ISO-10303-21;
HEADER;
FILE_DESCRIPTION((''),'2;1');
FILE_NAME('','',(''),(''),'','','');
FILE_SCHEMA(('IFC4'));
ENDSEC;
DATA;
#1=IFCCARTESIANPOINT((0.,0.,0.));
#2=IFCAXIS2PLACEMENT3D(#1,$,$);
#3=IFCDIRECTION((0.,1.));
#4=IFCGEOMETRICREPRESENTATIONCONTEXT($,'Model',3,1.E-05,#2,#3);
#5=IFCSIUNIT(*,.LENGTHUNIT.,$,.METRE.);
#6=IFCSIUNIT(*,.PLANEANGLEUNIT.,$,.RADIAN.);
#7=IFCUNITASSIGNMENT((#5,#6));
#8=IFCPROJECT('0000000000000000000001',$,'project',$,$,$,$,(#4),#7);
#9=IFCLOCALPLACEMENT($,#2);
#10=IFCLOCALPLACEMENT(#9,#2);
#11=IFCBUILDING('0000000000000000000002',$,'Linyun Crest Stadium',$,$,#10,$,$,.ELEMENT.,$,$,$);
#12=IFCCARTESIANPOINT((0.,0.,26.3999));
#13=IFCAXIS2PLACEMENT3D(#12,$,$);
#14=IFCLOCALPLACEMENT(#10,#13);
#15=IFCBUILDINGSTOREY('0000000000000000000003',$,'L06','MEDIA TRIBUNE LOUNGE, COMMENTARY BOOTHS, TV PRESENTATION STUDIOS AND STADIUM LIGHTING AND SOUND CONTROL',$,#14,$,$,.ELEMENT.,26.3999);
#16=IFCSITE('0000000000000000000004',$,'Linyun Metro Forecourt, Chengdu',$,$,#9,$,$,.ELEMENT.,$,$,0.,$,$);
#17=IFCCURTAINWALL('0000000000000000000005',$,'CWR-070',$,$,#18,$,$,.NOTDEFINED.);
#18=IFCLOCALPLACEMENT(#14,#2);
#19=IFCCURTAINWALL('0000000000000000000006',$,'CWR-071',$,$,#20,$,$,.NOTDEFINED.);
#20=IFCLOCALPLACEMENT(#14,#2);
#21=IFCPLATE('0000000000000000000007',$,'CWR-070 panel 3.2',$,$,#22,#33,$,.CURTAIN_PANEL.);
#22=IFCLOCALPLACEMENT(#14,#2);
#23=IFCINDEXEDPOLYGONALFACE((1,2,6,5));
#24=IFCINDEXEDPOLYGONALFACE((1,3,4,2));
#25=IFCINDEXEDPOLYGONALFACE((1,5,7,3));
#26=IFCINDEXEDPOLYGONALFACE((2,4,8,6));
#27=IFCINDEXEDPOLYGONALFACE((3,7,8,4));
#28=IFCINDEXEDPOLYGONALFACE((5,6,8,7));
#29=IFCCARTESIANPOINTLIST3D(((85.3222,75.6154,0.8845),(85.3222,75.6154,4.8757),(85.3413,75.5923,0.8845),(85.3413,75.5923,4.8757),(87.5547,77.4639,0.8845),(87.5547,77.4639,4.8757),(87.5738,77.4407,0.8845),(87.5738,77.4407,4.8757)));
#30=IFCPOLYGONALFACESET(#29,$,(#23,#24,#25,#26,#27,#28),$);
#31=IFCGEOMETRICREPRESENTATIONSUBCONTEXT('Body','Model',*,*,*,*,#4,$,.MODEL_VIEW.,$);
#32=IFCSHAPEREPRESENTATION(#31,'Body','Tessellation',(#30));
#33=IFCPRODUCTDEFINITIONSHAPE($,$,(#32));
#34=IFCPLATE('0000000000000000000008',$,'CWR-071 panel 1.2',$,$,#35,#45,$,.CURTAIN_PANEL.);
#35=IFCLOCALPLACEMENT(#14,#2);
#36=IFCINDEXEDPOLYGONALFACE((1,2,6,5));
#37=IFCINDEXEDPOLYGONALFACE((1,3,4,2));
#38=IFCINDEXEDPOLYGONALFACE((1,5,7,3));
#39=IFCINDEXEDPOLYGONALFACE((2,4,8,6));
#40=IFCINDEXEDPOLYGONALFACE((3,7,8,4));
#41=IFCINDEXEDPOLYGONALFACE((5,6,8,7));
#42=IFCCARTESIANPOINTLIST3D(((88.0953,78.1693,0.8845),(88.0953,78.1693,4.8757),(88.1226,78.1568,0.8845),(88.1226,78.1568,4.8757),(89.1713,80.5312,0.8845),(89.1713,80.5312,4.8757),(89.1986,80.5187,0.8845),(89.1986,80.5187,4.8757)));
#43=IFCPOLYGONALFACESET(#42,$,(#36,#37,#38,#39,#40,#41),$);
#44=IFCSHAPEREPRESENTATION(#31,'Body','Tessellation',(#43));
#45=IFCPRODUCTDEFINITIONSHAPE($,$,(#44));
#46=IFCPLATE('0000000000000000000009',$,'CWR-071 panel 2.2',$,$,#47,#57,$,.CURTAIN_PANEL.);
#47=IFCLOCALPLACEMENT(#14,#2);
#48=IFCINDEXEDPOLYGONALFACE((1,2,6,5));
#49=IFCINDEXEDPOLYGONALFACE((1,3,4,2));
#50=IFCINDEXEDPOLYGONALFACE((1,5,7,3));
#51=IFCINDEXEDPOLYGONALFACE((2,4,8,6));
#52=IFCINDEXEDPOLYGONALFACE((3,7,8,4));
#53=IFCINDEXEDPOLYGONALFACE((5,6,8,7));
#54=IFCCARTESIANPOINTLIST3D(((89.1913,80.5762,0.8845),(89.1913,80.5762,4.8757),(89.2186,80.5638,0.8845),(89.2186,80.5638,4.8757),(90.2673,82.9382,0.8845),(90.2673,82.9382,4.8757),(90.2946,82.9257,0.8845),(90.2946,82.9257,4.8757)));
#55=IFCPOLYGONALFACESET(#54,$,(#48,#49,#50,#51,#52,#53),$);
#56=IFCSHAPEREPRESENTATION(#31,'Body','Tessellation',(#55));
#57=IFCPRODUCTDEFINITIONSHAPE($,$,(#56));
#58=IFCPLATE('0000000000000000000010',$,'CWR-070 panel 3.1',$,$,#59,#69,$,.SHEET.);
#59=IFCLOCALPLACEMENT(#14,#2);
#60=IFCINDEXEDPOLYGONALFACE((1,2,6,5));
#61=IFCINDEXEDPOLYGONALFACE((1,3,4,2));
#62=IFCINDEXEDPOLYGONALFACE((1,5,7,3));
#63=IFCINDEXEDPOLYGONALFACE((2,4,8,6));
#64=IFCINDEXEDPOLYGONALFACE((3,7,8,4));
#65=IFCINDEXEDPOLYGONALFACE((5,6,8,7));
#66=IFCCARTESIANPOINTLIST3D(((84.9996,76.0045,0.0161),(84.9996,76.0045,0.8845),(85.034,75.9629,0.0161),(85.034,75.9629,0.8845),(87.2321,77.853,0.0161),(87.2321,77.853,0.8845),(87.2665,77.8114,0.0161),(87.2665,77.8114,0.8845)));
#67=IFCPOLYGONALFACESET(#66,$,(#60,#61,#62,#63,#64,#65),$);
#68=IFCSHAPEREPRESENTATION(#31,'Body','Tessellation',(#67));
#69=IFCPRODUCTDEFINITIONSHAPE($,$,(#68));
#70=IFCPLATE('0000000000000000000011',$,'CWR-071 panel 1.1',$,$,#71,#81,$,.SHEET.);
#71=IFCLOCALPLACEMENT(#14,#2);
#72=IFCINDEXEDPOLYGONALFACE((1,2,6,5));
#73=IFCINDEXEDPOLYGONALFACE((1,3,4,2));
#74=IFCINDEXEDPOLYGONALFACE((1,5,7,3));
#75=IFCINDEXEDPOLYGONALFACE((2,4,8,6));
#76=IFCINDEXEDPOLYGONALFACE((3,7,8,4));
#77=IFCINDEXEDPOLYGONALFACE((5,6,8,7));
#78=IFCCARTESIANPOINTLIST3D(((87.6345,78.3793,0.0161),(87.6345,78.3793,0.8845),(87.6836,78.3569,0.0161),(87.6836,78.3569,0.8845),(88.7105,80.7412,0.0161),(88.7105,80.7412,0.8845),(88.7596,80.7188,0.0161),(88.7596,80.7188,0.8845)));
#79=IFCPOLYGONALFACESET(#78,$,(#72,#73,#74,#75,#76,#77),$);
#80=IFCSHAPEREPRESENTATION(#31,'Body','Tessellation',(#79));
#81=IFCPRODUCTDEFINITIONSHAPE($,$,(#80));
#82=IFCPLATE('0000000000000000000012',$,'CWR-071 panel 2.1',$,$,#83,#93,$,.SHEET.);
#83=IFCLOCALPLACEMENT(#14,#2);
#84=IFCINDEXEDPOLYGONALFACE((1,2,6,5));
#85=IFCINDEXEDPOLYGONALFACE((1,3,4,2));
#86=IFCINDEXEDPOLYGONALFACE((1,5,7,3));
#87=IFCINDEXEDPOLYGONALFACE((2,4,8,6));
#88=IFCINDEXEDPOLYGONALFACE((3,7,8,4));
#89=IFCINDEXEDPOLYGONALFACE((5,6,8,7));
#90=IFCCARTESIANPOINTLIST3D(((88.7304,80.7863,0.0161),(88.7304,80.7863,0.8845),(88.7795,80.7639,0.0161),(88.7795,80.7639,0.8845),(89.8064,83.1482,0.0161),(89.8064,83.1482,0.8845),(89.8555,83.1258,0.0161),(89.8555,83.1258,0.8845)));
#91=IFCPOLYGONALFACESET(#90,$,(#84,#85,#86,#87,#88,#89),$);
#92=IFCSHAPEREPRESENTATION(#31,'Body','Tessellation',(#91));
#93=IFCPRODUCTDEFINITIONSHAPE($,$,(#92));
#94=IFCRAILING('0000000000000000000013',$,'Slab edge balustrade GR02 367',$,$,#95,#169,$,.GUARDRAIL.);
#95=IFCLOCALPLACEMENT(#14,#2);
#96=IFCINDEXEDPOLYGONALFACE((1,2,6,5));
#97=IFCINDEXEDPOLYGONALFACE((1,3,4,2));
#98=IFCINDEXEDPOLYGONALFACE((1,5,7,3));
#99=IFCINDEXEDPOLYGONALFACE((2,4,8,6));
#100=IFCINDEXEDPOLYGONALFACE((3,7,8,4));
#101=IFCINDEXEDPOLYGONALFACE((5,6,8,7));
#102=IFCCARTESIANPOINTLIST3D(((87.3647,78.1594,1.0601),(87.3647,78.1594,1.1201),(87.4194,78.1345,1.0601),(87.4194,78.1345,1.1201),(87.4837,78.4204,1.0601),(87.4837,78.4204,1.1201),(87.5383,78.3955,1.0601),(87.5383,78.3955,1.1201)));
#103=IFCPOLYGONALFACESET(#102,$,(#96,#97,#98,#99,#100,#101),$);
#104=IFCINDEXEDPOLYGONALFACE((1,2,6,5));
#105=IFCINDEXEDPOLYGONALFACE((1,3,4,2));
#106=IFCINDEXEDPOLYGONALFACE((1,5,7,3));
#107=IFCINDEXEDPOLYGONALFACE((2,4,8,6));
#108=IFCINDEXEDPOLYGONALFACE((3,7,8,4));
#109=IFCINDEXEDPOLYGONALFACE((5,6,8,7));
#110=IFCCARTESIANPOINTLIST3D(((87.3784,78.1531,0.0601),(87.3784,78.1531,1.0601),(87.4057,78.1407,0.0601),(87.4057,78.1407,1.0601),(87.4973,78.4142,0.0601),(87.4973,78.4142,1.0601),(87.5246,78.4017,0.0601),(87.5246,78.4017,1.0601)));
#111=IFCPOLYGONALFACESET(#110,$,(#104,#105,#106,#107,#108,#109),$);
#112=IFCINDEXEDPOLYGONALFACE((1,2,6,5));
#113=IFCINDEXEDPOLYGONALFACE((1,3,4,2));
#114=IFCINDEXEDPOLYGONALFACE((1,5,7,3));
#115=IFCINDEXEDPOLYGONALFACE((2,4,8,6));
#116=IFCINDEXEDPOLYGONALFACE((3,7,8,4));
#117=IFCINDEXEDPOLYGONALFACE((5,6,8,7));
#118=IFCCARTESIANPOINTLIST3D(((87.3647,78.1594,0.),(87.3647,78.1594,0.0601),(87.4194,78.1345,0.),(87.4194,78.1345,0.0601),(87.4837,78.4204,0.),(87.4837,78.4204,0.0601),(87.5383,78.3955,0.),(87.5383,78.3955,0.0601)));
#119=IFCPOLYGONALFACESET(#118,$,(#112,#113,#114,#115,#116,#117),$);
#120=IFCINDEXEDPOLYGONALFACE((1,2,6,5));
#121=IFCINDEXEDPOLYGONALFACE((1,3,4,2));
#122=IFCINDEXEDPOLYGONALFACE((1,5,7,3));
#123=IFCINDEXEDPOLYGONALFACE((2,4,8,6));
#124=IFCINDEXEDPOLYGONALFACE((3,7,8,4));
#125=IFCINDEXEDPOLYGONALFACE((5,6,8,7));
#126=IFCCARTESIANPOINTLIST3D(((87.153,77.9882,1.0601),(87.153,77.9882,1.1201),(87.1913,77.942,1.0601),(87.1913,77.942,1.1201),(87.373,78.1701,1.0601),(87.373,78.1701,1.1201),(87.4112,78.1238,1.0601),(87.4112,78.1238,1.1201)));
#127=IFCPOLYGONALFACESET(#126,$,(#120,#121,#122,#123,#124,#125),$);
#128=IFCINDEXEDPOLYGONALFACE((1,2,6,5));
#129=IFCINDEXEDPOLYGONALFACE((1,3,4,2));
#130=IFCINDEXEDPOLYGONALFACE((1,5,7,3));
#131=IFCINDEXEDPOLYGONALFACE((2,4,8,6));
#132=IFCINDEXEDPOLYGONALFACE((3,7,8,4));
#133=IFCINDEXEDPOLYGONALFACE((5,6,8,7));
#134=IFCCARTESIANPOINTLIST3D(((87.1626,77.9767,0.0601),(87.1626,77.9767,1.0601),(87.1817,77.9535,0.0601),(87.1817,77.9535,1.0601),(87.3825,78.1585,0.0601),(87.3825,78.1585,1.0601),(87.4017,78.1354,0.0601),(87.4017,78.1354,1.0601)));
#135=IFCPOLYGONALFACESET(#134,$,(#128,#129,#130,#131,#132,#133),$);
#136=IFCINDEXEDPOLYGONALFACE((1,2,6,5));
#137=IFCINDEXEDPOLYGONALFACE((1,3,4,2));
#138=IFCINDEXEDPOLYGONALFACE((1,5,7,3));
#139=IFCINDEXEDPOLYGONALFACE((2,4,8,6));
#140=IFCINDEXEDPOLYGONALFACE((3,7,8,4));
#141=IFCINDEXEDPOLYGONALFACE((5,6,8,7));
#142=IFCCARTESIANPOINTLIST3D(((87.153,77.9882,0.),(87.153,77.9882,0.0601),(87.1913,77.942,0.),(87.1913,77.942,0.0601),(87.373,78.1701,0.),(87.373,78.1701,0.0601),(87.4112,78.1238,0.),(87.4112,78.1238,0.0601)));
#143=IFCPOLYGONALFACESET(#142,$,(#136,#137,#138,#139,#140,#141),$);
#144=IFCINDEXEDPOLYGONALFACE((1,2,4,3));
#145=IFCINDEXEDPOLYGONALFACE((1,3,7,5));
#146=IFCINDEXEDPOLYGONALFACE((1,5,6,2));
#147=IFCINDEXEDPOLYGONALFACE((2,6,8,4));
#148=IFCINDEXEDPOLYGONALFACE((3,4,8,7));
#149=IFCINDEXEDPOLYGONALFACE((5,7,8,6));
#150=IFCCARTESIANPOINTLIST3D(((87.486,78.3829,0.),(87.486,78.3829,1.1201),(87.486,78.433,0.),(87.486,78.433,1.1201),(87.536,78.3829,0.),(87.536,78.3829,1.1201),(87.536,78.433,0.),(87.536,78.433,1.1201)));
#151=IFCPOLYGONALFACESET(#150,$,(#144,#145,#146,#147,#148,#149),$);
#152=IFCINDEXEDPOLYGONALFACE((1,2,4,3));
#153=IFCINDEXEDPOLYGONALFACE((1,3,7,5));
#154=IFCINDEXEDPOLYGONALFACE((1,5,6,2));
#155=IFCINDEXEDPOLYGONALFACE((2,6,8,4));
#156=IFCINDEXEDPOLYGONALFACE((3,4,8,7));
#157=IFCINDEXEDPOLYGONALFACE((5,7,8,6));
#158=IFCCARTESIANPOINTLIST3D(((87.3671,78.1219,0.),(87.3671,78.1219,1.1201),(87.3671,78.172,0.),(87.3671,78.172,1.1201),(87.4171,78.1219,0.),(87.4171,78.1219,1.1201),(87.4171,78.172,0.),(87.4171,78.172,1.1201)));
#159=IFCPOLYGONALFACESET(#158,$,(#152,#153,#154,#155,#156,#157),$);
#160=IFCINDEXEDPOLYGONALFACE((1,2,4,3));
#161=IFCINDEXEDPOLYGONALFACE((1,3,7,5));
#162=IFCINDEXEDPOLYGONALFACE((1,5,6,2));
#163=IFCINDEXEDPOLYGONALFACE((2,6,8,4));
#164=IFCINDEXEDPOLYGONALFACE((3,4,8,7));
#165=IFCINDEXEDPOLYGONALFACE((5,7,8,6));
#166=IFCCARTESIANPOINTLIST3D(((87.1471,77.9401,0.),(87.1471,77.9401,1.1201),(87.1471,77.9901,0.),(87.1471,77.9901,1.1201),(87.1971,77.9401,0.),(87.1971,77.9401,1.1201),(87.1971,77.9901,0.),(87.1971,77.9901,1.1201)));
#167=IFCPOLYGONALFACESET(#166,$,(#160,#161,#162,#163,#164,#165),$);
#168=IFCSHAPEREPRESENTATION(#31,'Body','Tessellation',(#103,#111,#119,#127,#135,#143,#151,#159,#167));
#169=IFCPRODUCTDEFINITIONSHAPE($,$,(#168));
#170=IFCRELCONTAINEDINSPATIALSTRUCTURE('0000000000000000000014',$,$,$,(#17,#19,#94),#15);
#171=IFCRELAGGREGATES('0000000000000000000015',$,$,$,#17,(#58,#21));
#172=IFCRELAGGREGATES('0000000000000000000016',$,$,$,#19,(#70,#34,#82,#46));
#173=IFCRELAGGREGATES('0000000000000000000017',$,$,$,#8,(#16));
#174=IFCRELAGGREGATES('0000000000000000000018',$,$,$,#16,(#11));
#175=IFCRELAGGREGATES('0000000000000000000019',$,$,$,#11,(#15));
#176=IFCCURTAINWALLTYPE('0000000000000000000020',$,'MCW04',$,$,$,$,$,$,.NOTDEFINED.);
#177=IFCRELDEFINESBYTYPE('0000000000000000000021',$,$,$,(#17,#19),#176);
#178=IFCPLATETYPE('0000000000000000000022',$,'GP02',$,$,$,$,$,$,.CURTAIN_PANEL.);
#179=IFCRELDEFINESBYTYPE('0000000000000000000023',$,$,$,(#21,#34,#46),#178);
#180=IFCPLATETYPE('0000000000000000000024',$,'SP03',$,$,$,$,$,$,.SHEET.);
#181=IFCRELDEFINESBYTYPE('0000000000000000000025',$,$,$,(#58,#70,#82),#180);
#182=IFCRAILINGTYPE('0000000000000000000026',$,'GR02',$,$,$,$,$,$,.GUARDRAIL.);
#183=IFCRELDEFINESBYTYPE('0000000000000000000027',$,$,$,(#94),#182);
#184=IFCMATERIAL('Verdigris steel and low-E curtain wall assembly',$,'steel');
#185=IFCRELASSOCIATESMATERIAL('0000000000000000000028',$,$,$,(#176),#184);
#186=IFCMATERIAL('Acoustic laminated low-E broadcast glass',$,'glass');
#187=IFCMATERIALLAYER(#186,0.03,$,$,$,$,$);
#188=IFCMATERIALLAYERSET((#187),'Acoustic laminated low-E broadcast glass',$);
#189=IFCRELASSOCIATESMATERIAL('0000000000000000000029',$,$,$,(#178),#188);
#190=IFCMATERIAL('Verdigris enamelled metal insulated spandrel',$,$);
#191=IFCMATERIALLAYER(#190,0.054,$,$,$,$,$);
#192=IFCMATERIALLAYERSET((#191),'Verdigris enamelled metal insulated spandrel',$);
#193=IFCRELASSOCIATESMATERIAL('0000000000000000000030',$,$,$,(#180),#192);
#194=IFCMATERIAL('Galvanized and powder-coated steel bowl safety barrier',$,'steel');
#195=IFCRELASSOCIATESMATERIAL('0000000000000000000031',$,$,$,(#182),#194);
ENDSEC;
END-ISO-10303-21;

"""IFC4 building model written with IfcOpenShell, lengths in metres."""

from ifc_helpers import new_model, si_unit, direction, frame, origin, origin_2d, place, context, subcontext, project, spatial, rectangle, extrude, material, layer, layer_set, type_object, element, aggregate, save


model = new_model("IFC4")

# Units and contexts
model_context = context("Model", 3, precision=1e-05, world=origin(), true_north=direction((0.0, 1.0)))
body_context = subcontext(model_context, "Body", "Model", "MODEL_VIEW")
ifc_project = project(units=[si_unit("LENGTHUNIT", "METRE"), si_unit("PLANEANGLEUNIT", "RADIAN")], contexts=[model_context])

# Site, building, storey
site_placement = place(None, origin())
site = spatial("IfcSite", under=ifc_project, at=site_placement, Name="Linyun Metro Forecourt, Chengdu", CompositionType="ELEMENT", RefElevation=0.0)
building_placement = place(site_placement, origin())
building = spatial("IfcBuilding", under=site, at=building_placement, Name="Linyun Crest Stadium", CompositionType="ELEMENT")
storey_placement = place(building_placement, frame((0.0, 0.0, 26.3999)))
storey = spatial("IfcBuildingStorey", under=building, at=storey_placement, Name="L06", Description="MEDIA TRIBUNE LOUNGE, COMMENTARY BOOTHS, TV PRESENTATION STUDIOS AND STADIUM LIGHTING AND SOUND CONTROL", CompositionType="ELEMENT", Elevation=26.3999)

# Curtain wall
ifc_material_1 = material(Name="Verdigris steel and low-E curtain wall assembly", Category="steel")
curtain_wall_type = type_object("IfcCurtainWallType", Name="MCW04", PredefinedType="NOTDEFINED", material=ifc_material_1)
curtain_wall_1_placement = place(storey_placement, origin())
curtain_wall_1 = element("IfcCurtainWall", 1, at=curtain_wall_1_placement, inside=storey, type_object=curtain_wall_type, Name="CWR-070", PredefinedType="NOTDEFINED")

# Curtain wall
curtain_wall_2_placement = place(storey_placement, origin())
curtain_wall_2 = element("IfcCurtainWall", 2, at=curtain_wall_2_placement, inside=storey, type_object=curtain_wall_type, Name="CWR-071", PredefinedType="NOTDEFINED")

# Plates
ifc_material_2 = material(Name="Acoustic laminated low-E broadcast glass", Category="glass")
ifc_layer_1 = layer(ifc_material_2, 0.03)
ifc_layer_set_1 = layer_set([ifc_layer_1], Name="Acoustic laminated low-E broadcast glass")
plate_type_1 = type_object("IfcPlateType", Name="GP02", PredefinedType="CURTAIN_PANEL", material=ifc_layer_set_1)
plate_1_placement = place(storey_placement, frame((86.448, 76.5281, 0.8845), z_axis=(0.0, 0.0, 1.0), x_axis=(0.770246, 0.637747, 0.0)))
plate_1 = element("IfcPlate", 3, at=plate_1_placement, type_object=plate_type_1, Name="CWR-070 panel 3.2", PredefinedType="CURTAIN_PANEL", context=body_context, shape_type="SweptSolid", body=[
    extrude(rectangle(XDim=2.8984, YDim=0.03, at=origin_2d()), origin(), (0.0, 0.0, 1.0), 3.9912),
])
plate_2_placement = place(storey_placement, frame((88.647, 79.344, 0.8845), z_axis=(0.0, 0.0, 1.0), x_axis=(0.414566, 0.910019, 0.0)))
plate_2 = element("IfcPlate", 4, at=plate_2_placement, type_object=plate_type_1, Name="CWR-071 panel 1.2", PredefinedType="CURTAIN_PANEL", context=body_context, shape_type="SweptSolid", body=[
    extrude(rectangle(XDim=2.5955, YDim=0.03, at=origin_2d()), origin(), (0.0, 0.0, 1.0), 3.9912),
])
plate_3_placement = place(storey_placement, frame((89.7429, 81.751, 0.8845), z_axis=(0.0, 0.0, 1.0), x_axis=(0.414566, 0.910019, 0.0)))
plate_3 = element("IfcPlate", 5, at=plate_3_placement, type_object=plate_type_1, Name="CWR-071 panel 2.2", PredefinedType="CURTAIN_PANEL", context=body_context, shape_type="SweptSolid", body=[
    extrude(rectangle(XDim=2.5955, YDim=0.03, at=origin_2d()), origin(), (0.0, 0.0, 1.0), 3.9912),
])
ifc_material_3 = material(Name="Verdigris enamelled metal insulated spandrel")
ifc_layer_2 = layer(ifc_material_3, 0.054)
ifc_layer_set_2 = layer_set([ifc_layer_2], Name="Verdigris enamelled metal insulated spandrel")
plate_type_2 = type_object("IfcPlateType", Name="SP03", PredefinedType="SHEET", material=ifc_layer_set_2)
plate_4_placement = place(storey_placement, frame((86.1331, 76.908, 0.0161), z_axis=(0.0, 0.0, 1.0), x_axis=(0.770246, 0.637747, 0.0)))
plate_4 = element("IfcPlate", 6, at=plate_4_placement, type_object=plate_type_2, Name="CWR-070 panel 3.1", PredefinedType="SHEET", context=body_context, shape_type="SweptSolid", body=[
    extrude(rectangle(XDim=2.8984, YDim=0.054, at=origin_2d()), origin(), (0.0, 0.0, 1.0), 0.8684),
])
aggregate(curtain_wall_1, [plate_4, plate_1])
plate_5_placement = place(storey_placement, frame((88.197, 79.5491, 0.0161), z_axis=(0.0, 0.0, 1.0), x_axis=(0.414566, 0.910019, 0.0)))
plate_5 = element("IfcPlate", 7, at=plate_5_placement, type_object=plate_type_2, Name="CWR-071 panel 1.1", PredefinedType="SHEET", context=body_context, shape_type="SweptSolid", body=[
    extrude(rectangle(XDim=2.5955, YDim=0.054, at=origin_2d()), origin(), (0.0, 0.0, 1.0), 0.8684),
])
plate_6_placement = place(storey_placement, frame((89.293, 81.9561, 0.0161), z_axis=(0.0, 0.0, 1.0), x_axis=(0.414566, 0.910019, 0.0)))
plate_6 = element("IfcPlate", 8, at=plate_6_placement, type_object=plate_type_2, Name="CWR-071 panel 2.1", PredefinedType="SHEET", context=body_context, shape_type="SweptSolid", body=[
    extrude(rectangle(XDim=2.5955, YDim=0.054, at=origin_2d()), origin(), (0.0, 0.0, 1.0), 0.8684),
])
aggregate(curtain_wall_2, [plate_5, plate_2, plate_6, plate_3])

# Railing
ifc_material_4 = material(Name="Galvanized and powder-coated steel bowl safety barrier", Category="steel")
railing_type = type_object("IfcRailingType", Name="GR02", PredefinedType="GUARDRAIL", material=ifc_material_4)
railing_placement = place(storey_placement, frame((87.511, 78.408, 0.0)))
element("IfcRailing", 9, at=railing_placement, inside=storey, type_object=railing_type, Name="Slab edge balustrade GR02 367", PredefinedType="GUARDRAIL", context=body_context, shape_type="SweptSolid", body=[
    extrude(rectangle(XDim=0.0601, YDim=0.0601, at=origin_2d()), frame((0.0, 0.0, 1.0901), z_axis=(-0.414572, -0.910016, 0.0), x_axis=(0.910016, -0.414572, 0.0)), (0.0, 0.0, 1.0), 0.2869),
    extrude(rectangle(XDim=0.03, YDim=1.0, at=origin_2d()), frame((0.0, 0.0, 0.5601), z_axis=(-0.414572, -0.910016, 0.0), x_axis=(0.910016, -0.414572, 0.0)), (0.0, 0.0, 1.0), 0.2869),
    extrude(rectangle(XDim=0.0601, YDim=0.0601, at=origin_2d()), frame((0.0, 0.0, 0.03), z_axis=(-0.414572, -0.910016, 0.0), x_axis=(0.910016, -0.414572, 0.0)), (0.0, 0.0, 1.0), 0.2869),
    extrude(rectangle(XDim=0.0601, YDim=0.0601, at=origin_2d()), frame((-0.1189, -0.261, 1.0901), z_axis=(-0.77067, -0.637235, 0.0), x_axis=(0.637235, -0.77067, 0.0)), (0.0, 0.0, 1.0), 0.2854),
    extrude(rectangle(XDim=0.03, YDim=1.0, at=origin_2d()), frame((-0.1189, -0.261, 0.5601), z_axis=(-0.77067, -0.637235, 0.0), x_axis=(0.637235, -0.77067, 0.0)), (0.0, 0.0, 1.0), 0.2854),
    extrude(rectangle(XDim=0.0601, YDim=0.0601, at=origin_2d()), frame((-0.1189, -0.261, 0.03), z_axis=(-0.77067, -0.637235, 0.0), x_axis=(0.637235, -0.77067, 0.0)), (0.0, 0.0, 1.0), 0.2854),
    extrude(rectangle(XDim=0.05, YDim=0.05, at=origin_2d()), origin(), (0.0, 0.0, 1.0), 1.1201),
    extrude(rectangle(XDim=0.05, YDim=0.05, at=origin_2d()), frame((-0.1189, -0.261, 0.0)), (0.0, 0.0, 1.0), 1.1201),
    extrude(rectangle(XDim=0.05, YDim=0.05, at=origin_2d()), frame((-0.3389, -0.4429, 0.0)), (0.0, 0.0, 1.0), 1.1201),
])

save(model, "model.ifc")
